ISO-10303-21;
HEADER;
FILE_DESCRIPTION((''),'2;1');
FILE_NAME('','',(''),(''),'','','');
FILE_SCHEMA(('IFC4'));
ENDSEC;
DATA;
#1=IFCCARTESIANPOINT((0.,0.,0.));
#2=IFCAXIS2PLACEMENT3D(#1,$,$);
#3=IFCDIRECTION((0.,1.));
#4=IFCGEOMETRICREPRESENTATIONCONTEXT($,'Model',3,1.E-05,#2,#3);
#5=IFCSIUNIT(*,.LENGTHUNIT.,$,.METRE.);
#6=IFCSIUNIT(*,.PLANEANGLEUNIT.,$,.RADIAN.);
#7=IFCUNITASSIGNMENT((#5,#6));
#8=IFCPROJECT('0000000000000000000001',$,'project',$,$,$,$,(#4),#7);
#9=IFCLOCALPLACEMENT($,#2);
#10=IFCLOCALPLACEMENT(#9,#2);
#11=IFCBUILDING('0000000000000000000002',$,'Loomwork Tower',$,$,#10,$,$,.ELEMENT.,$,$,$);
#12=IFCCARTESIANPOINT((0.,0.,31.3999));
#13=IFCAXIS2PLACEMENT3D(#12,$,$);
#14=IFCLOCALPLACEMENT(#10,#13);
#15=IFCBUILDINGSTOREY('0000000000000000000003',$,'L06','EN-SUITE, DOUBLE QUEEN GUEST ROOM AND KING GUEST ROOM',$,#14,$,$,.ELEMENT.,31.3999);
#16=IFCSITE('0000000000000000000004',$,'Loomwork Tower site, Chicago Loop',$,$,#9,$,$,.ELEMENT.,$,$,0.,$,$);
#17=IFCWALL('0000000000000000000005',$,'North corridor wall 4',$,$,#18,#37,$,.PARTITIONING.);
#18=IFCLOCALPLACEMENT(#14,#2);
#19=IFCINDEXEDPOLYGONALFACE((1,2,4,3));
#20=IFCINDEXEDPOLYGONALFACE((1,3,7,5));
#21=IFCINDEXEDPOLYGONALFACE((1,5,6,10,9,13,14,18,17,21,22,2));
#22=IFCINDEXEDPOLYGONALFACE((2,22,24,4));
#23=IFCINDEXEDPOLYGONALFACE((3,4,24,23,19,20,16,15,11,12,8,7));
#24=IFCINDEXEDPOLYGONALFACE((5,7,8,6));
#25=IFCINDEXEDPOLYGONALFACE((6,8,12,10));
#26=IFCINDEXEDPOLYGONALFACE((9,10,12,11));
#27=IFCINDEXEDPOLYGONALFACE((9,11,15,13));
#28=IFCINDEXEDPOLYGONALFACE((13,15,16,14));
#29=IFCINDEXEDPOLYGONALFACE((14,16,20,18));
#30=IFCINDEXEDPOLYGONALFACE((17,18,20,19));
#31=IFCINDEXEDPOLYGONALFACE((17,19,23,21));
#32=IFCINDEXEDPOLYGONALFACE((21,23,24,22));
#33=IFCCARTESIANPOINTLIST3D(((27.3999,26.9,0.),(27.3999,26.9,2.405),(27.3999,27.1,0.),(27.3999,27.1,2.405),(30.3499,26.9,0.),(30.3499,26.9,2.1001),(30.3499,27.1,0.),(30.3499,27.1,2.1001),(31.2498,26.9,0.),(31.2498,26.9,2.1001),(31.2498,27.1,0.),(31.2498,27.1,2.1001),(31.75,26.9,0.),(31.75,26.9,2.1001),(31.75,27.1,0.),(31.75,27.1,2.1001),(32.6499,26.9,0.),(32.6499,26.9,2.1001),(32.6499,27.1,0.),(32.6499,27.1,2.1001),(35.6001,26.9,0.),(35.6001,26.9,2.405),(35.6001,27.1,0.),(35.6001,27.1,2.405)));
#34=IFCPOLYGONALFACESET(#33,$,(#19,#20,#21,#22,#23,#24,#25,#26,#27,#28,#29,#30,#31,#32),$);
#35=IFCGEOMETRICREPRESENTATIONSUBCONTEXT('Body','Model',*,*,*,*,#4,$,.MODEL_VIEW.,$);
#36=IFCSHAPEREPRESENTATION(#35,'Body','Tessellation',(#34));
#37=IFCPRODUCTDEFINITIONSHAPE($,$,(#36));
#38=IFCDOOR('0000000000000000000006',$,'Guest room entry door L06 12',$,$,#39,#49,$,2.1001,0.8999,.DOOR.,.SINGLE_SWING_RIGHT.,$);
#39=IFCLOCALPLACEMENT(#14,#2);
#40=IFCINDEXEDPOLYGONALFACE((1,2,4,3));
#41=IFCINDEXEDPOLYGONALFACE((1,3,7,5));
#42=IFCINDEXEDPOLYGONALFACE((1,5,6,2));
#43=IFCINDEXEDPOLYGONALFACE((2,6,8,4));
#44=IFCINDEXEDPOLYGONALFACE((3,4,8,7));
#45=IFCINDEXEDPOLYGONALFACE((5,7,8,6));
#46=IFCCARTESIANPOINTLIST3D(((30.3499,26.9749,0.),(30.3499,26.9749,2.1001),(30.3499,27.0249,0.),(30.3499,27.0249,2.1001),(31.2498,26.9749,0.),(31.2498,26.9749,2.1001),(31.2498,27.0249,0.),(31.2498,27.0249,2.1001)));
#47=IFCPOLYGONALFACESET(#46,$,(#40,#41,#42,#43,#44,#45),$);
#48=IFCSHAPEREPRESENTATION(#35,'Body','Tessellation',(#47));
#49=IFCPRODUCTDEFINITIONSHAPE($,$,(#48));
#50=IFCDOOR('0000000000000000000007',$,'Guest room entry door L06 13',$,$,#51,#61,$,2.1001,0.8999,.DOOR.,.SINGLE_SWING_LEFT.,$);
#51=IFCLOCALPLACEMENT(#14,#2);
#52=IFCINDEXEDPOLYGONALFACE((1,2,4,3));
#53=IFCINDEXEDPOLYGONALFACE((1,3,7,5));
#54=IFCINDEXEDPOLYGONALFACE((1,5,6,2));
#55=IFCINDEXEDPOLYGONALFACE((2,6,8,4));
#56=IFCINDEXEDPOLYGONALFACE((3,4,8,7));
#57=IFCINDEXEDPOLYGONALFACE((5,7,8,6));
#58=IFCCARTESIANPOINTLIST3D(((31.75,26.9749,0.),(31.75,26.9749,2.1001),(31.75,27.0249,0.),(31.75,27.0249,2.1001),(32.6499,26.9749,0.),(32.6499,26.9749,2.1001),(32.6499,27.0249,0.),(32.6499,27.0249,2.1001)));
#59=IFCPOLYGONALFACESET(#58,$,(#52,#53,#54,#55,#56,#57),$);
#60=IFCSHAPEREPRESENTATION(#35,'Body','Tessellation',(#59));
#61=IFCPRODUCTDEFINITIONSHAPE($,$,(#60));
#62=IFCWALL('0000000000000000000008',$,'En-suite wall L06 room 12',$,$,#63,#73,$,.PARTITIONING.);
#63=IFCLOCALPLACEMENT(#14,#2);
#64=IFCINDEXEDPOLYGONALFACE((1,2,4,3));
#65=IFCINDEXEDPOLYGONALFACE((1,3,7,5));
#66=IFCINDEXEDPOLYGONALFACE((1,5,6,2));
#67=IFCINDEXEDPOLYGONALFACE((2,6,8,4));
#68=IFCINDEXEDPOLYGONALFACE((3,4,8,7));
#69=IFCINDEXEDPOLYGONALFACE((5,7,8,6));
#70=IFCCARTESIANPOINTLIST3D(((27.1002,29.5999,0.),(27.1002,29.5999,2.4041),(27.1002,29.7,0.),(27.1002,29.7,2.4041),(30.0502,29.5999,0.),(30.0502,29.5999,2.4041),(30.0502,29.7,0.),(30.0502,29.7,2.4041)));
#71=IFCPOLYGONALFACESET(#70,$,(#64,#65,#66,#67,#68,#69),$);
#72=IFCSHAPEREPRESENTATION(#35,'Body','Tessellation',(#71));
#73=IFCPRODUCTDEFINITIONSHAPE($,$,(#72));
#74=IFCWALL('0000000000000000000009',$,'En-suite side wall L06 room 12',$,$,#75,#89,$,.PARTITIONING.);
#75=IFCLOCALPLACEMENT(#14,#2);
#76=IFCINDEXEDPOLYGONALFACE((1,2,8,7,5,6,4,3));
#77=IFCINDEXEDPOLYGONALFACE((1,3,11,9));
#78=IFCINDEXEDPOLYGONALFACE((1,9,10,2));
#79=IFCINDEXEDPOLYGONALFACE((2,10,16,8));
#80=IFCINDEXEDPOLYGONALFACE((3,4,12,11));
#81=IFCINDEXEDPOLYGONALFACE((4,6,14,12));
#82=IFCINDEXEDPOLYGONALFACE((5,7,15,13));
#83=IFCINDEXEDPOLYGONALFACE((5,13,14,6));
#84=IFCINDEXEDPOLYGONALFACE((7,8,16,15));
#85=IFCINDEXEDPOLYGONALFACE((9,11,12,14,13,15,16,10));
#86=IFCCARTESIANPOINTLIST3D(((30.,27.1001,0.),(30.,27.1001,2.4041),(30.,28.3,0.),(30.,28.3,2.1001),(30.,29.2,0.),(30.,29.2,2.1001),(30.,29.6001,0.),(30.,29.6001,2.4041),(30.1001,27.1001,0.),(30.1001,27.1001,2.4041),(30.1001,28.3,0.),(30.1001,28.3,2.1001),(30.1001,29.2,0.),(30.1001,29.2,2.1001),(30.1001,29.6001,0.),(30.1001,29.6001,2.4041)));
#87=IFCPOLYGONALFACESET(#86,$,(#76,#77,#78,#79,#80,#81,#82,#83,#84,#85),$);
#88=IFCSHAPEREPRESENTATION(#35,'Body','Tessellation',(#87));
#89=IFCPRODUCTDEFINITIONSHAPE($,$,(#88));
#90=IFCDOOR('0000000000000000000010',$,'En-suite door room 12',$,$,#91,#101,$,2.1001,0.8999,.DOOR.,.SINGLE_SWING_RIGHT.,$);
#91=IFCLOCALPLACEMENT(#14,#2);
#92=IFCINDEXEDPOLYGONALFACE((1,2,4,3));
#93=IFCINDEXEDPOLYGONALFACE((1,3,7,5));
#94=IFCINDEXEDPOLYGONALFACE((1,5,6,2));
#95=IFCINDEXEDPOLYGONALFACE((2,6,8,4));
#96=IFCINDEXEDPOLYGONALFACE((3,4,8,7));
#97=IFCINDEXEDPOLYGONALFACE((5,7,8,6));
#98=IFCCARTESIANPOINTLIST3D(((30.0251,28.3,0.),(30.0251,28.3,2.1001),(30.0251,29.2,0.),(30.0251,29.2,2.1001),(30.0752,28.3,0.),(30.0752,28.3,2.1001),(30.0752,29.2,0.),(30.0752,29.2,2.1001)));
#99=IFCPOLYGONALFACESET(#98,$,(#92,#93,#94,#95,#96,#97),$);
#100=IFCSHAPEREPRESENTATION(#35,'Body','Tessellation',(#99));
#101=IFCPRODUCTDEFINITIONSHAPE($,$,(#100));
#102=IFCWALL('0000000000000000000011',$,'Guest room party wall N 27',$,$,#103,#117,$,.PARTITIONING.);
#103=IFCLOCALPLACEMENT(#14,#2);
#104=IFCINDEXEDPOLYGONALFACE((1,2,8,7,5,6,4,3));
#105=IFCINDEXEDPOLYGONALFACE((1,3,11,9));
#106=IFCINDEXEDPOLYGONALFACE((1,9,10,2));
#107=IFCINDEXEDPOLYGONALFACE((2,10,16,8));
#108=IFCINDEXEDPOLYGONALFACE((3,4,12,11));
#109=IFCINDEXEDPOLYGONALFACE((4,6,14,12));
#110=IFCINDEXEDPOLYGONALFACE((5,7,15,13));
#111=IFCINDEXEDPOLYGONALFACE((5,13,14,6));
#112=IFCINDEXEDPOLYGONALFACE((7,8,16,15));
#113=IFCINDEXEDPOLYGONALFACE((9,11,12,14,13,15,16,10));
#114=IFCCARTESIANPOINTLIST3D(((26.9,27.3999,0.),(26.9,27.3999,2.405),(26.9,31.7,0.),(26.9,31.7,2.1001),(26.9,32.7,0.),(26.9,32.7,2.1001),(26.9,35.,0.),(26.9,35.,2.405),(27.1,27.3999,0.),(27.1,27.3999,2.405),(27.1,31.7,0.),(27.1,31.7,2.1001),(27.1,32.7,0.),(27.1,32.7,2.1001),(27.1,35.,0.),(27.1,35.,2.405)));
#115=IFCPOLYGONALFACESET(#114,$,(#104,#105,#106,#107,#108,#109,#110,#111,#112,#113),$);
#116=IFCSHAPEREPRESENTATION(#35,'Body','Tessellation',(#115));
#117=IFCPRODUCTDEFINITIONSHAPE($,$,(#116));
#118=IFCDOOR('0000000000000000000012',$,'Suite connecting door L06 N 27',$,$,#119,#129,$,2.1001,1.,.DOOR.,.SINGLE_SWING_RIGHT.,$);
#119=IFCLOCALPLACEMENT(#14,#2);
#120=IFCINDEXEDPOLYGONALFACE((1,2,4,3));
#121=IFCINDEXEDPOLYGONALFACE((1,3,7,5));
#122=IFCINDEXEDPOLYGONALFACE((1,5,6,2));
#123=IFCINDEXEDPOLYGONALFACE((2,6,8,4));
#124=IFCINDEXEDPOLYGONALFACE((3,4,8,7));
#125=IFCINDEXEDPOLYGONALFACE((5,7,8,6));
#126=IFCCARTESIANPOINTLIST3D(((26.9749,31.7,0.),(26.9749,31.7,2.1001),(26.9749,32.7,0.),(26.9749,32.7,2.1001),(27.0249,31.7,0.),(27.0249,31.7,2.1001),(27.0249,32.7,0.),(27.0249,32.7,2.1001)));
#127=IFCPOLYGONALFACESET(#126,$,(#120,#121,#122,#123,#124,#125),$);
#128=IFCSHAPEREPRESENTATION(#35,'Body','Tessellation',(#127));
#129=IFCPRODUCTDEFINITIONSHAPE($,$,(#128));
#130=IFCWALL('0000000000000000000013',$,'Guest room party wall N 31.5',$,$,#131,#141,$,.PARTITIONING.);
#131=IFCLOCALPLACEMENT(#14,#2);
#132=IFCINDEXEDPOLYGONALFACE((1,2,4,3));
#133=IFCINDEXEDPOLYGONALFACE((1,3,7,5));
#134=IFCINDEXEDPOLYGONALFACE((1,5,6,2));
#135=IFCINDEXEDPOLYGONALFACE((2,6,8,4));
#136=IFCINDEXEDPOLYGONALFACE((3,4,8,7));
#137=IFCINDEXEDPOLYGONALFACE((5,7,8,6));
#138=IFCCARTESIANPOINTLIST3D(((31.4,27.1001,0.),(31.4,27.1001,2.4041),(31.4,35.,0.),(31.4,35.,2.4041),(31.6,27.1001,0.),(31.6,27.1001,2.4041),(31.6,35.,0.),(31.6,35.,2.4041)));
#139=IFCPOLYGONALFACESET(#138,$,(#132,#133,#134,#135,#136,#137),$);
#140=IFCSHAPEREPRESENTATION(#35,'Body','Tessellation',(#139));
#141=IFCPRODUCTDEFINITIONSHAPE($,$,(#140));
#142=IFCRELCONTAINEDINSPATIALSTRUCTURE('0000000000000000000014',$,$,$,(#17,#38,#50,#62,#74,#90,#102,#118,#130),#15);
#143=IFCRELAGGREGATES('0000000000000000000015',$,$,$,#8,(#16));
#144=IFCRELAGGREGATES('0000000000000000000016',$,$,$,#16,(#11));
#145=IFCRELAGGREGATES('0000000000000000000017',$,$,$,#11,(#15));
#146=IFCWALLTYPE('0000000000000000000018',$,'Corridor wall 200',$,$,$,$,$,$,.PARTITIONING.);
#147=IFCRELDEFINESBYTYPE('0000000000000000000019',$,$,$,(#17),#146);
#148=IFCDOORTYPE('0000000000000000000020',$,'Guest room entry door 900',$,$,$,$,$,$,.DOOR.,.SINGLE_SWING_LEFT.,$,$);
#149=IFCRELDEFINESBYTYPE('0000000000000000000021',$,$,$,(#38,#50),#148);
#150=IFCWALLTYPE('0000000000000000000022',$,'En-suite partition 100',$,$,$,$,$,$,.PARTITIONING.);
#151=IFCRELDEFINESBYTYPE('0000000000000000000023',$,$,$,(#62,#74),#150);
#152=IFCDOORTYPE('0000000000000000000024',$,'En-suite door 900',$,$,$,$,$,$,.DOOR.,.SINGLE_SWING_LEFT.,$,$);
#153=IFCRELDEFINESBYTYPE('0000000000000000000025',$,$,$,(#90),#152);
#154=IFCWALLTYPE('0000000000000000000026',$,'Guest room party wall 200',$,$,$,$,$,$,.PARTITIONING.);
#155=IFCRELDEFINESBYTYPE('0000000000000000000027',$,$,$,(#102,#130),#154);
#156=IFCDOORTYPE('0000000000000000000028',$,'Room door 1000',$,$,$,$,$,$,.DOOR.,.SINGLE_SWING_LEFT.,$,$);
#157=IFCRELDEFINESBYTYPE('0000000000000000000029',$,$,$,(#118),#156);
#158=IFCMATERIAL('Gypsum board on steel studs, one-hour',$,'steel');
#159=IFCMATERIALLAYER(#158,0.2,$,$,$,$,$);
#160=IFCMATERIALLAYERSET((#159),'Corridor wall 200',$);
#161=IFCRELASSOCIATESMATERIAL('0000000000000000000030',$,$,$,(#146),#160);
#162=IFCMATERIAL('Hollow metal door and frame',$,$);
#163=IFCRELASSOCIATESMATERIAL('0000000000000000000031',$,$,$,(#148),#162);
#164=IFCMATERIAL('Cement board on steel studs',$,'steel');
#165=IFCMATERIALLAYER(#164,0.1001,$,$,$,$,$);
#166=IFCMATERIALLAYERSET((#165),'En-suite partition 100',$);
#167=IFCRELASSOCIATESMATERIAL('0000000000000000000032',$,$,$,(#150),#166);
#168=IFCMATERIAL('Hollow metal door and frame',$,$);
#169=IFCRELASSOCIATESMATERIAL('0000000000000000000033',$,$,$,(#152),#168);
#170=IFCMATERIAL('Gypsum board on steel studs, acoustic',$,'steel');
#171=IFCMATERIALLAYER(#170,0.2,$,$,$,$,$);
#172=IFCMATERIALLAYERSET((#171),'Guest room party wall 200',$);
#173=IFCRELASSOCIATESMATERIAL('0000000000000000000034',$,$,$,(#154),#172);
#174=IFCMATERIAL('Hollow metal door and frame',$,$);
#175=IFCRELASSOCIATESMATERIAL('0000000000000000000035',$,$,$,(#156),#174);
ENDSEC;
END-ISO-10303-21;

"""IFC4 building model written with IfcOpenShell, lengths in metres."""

from ifc_helpers import new_model, si_unit, direction, frame, frame_2d, origin, place, context, subcontext, project, spatial, rectangle, extrude, material, layer, layer_set, type_object, element, fill, save


model = new_model("IFC4")

# Units and contexts
model_context = context("Model", 3, precision=1e-05, world=origin(), true_north=direction((0.0, 1.0)))
body_context = subcontext(model_context, "Body", "Model", "MODEL_VIEW")
ifc_project = project(units=[si_unit("LENGTHUNIT", "METRE"), si_unit("PLANEANGLEUNIT", "RADIAN")], contexts=[model_context])

# Site, building, storey
site_placement = place(None, origin())
site = spatial("IfcSite", under=ifc_project, at=site_placement, Name="Loomwork Tower site, Chicago Loop", CompositionType="ELEMENT", RefElevation=0.0)
building_placement = place(site_placement, origin())
building = spatial("IfcBuilding", under=site, at=building_placement, Name="Loomwork Tower", CompositionType="ELEMENT")
storey_placement = place(building_placement, frame((0.0, 0.0, 31.3999)))
storey = spatial("IfcBuildingStorey", under=building, at=storey_placement, Name="L06", Description="EN-SUITE, DOUBLE QUEEN GUEST ROOM AND KING GUEST ROOM", CompositionType="ELEMENT", Elevation=31.3999)

# Wall, openings, doors
ifc_material_1 = material(Name="Gypsum board on steel studs, one-hour", Category="steel")
ifc_layer_1 = layer(ifc_material_1, 0.2)
ifc_layer_set_1 = layer_set([ifc_layer_1], Name="Corridor wall 200")
wall_type_1 = type_object("IfcWallType", Name="Corridor wall 200", PredefinedType="PARTITIONING", material=ifc_layer_set_1)
wall_1_placement = place(storey_placement, frame((27.3999, 27.0, 0.0), z_axis=(0.0, 0.0, 1.0), x_axis=(1.0, 0.0, 0.0)))
wall_1 = element("IfcWall", 1, at=wall_1_placement, inside=storey, type_object=wall_type_1, Name="North corridor wall 4", PredefinedType="PARTITIONING", context=body_context, shape_type="SweptSolid", body=[
    extrude(rectangle(XDim=8.2002, YDim=0.2, at=frame_2d((4.1001, 0.0))), origin(), (0.0, 0.0, 1.0), 2.405),
])
opening_1_placement = place(wall_1_placement, frame((2.95, 0.0, 0.0)))
opening_1 = element("IfcOpeningElement", 2, at=opening_1_placement, cuts=wall_1, PredefinedType="OPENING", context=body_context, shape_type="SweptSolid", body=[
    extrude(rectangle(XDim=0.8999, YDim=2.1001, at=frame_2d((0.45, 1.05))), frame((0.0, 0.1099, 0.0), z_axis=(0.0, -1.0, 0.0), x_axis=(1.0, 0.0, 0.0)), (0.0, 0.0, 1.0), 0.22),
])
opening_2_placement = place(wall_1_placement, frame((4.3501, 0.0, 0.0)))
opening_2 = element("IfcOpeningElement", 3, at=opening_2_placement, cuts=wall_1, PredefinedType="OPENING", context=body_context, shape_type="SweptSolid", body=[
    extrude(rectangle(XDim=0.8999, YDim=2.1001, at=frame_2d((0.45, 1.05))), frame((0.0, 0.1099, 0.0), z_axis=(0.0, -1.0, 0.0), x_axis=(1.0, 0.0, 0.0)), (0.0, 0.0, 1.0), 0.22),
])
ifc_material_2 = material(Name="Hollow metal door and frame")
door_type_1 = type_object("IfcDoorType", Name="Guest room entry door 900", OperationType="SINGLE_SWING_LEFT", PredefinedType="DOOR", material=ifc_material_2)
door_1_placement = place(opening_1_placement, origin())
door_1 = element("IfcDoor", 4, at=door_1_placement, inside=storey, type_object=door_type_1, Name="Guest room entry door L06 12", OperationType="SINGLE_SWING_RIGHT", OverallHeight=2.1001, OverallWidth=0.8999, PredefinedType="DOOR", context=body_context, shape_type="SweptSolid", body=[
    extrude(rectangle(XDim=0.8999, YDim=2.1001, at=frame_2d((0.45, 1.05))), frame((0.0, 0.0249, 0.0), z_axis=(0.0, -1.0, 0.0), x_axis=(1.0, 0.0, 0.0)), (0.0, 0.0, 1.0), 0.05),
])
fill(opening_1, door_1)
door_2_placement = place(opening_2_placement, origin())
door_2 = element("IfcDoor", 5, at=door_2_placement, inside=storey, type_object=door_type_1, Name="Guest room entry door L06 13", OperationType="SINGLE_SWING_LEFT", OverallHeight=2.1001, OverallWidth=0.8999, PredefinedType="DOOR", context=body_context, shape_type="SweptSolid", body=[
    extrude(rectangle(XDim=0.8999, YDim=2.1001, at=frame_2d((0.45, 1.05))), frame((0.0, 0.0249, 0.0), z_axis=(0.0, -1.0, 0.0), x_axis=(1.0, 0.0, 0.0)), (0.0, 0.0, 1.0), 0.05),
])
fill(opening_2, door_2)

# Wall
ifc_material_3 = material(Name="Cement board on steel studs", Category="steel")
ifc_layer_2 = layer(ifc_material_3, 0.1001)
ifc_layer_set_2 = layer_set([ifc_layer_2], Name="En-suite partition 100")
wall_type_2 = type_object("IfcWallType", Name="En-suite partition 100", PredefinedType="PARTITIONING", material=ifc_layer_set_2)
wall_2_placement = place(storey_placement, frame((27.1001, 29.6499, 0.0), z_axis=(0.0, 0.0, 1.0), x_axis=(1.0, 0.0, 0.0)))
element("IfcWall", 6, at=wall_2_placement, inside=storey, type_object=wall_type_2, Name="En-suite wall L06 room 12", PredefinedType="PARTITIONING", context=body_context, shape_type="SweptSolid", body=[
    extrude(rectangle(XDim=2.95, YDim=0.1001, at=frame_2d((1.4751, 0.0))), origin(), (0.0, 0.0, 1.0), 2.4041),
])

# Walls, openings, doors
wall_3_placement = place(storey_placement, frame((30.05, 27.1001, 0.0), z_axis=(0.0, 0.0, 1.0), x_axis=(0.0, 1.0, 0.0)))
wall_3 = element("IfcWall", 7, at=wall_3_placement, inside=storey, type_object=wall_type_2, Name="En-suite side wall L06 room 12", PredefinedType="PARTITIONING", context=body_context, shape_type="SweptSolid", body=[
    extrude(rectangle(XDim=2.5, YDim=0.1001, at=frame_2d((1.25, 0.0))), origin(), (0.0, 0.0, 1.0), 2.4041),
])
opening_3_placement = place(wall_3_placement, frame((1.2, 0.0, 0.0)))
opening_3 = element("IfcOpeningElement", 8, at=opening_3_placement, cuts=wall_3, PredefinedType="OPENING", context=body_context, shape_type="SweptSolid", body=[
    extrude(rectangle(XDim=0.8999, YDim=2.1001, at=frame_2d((0.45, 1.05))), frame((0.0, 0.0601, 0.0), z_axis=(0.0, -1.0, 0.0), x_axis=(1.0, 0.0, 0.0)), (0.0, 0.0, 1.0), 0.1201),
])
ifc_material_4 = material(Name="Hollow metal door and frame")
door_type_2 = type_object("IfcDoorType", Name="En-suite door 900", OperationType="SINGLE_SWING_LEFT", PredefinedType="DOOR", material=ifc_material_4)
door_3_placement = place(opening_3_placement, origin())
door_3 = element("IfcDoor", 9, at=door_3_placement, inside=storey, type_object=door_type_2, Name="En-suite door room 12", OperationType="SINGLE_SWING_RIGHT", OverallHeight=2.1001, OverallWidth=0.8999, PredefinedType="DOOR", context=body_context, shape_type="SweptSolid", body=[
    extrude(rectangle(XDim=0.8999, YDim=2.1001, at=frame_2d((0.45, 1.05))), frame((0.0, 0.0249, 0.0), z_axis=(0.0, -1.0, 0.0), x_axis=(1.0, 0.0, 0.0)), (0.0, 0.0, 1.0), 0.05),
])
fill(opening_3, door_3)
ifc_material_5 = material(Name="Gypsum board on steel studs, acoustic", Category="steel")
ifc_layer_3 = layer(ifc_material_5, 0.2)
ifc_layer_set_3 = layer_set([ifc_layer_3], Name="Guest room party wall 200")
wall_type_3 = type_object("IfcWallType", Name="Guest room party wall 200", PredefinedType="PARTITIONING", material=ifc_layer_set_3)
wall_4_placement = place(storey_placement, frame((27.0, 27.3999, 0.0), z_axis=(0.0, 0.0, 1.0), x_axis=(0.0, 1.0, 0.0)))
wall_4 = element("IfcWall", 10, at=wall_4_placement, inside=storey, type_object=wall_type_3, Name="Guest room party wall N 27", PredefinedType="PARTITIONING", context=body_context, shape_type="SweptSolid", body=[
    extrude(rectangle(XDim=7.6001, YDim=0.2, at=frame_2d((3.8, 0.0))), origin(), (0.0, 0.0, 1.0), 2.405),
])
opening_4_placement = place(wall_4_placement, frame((4.3, 0.0, 0.0)))
opening_4 = element("IfcOpeningElement", 11, at=opening_4_placement, cuts=wall_4, PredefinedType="OPENING", context=body_context, shape_type="SweptSolid", body=[
    extrude(rectangle(XDim=1.0, YDim=2.1001, at=frame_2d((0.5, 1.05))), frame((0.0, 0.1099, 0.0), z_axis=(0.0, -1.0, 0.0), x_axis=(1.0, 0.0, 0.0)), (0.0, 0.0, 1.0), 0.22),
])
ifc_material_6 = material(Name="Hollow metal door and frame")
door_type_3 = type_object("IfcDoorType", Name="Room door 1000", OperationType="SINGLE_SWING_LEFT", PredefinedType="DOOR", material=ifc_material_6)
door_4_placement = place(opening_4_placement, frame((1.0, 0.0, 0.0), z_axis=(0.0, 0.0, 1.0), x_axis=(-1.0, 0.0, 0.0)))
door_4 = element("IfcDoor", 12, at=door_4_placement, inside=storey, type_object=door_type_3, Name="Suite connecting door L06 N 27", OperationType="SINGLE_SWING_RIGHT", OverallHeight=2.1001, OverallWidth=1.0, PredefinedType="DOOR", context=body_context, shape_type="SweptSolid", body=[
    extrude(rectangle(XDim=1.0, YDim=2.1001, at=frame_2d((0.5, 1.05))), frame((0.0, 0.0249, 0.0), z_axis=(0.0, -1.0, 0.0), x_axis=(1.0, 0.0, 0.0)), (0.0, 0.0, 1.0), 0.05),
])
fill(opening_4, door_4)

# Wall
wall_5_placement = place(storey_placement, frame((31.5, 27.1001, 0.0), z_axis=(0.0, 0.0, 1.0), x_axis=(0.0, 1.0, 0.0)))
element("IfcWall", 13, at=wall_5_placement, inside=storey, type_object=wall_type_3, Name="Guest room party wall N 31.5", PredefinedType="PARTITIONING", context=body_context, shape_type="SweptSolid", body=[
    extrude(rectangle(XDim=7.8999, YDim=0.2, at=frame_2d((3.95, 0.0))), origin(), (0.0, 0.0, 1.0), 2.4041),
])

save(model, "model.ifc")
